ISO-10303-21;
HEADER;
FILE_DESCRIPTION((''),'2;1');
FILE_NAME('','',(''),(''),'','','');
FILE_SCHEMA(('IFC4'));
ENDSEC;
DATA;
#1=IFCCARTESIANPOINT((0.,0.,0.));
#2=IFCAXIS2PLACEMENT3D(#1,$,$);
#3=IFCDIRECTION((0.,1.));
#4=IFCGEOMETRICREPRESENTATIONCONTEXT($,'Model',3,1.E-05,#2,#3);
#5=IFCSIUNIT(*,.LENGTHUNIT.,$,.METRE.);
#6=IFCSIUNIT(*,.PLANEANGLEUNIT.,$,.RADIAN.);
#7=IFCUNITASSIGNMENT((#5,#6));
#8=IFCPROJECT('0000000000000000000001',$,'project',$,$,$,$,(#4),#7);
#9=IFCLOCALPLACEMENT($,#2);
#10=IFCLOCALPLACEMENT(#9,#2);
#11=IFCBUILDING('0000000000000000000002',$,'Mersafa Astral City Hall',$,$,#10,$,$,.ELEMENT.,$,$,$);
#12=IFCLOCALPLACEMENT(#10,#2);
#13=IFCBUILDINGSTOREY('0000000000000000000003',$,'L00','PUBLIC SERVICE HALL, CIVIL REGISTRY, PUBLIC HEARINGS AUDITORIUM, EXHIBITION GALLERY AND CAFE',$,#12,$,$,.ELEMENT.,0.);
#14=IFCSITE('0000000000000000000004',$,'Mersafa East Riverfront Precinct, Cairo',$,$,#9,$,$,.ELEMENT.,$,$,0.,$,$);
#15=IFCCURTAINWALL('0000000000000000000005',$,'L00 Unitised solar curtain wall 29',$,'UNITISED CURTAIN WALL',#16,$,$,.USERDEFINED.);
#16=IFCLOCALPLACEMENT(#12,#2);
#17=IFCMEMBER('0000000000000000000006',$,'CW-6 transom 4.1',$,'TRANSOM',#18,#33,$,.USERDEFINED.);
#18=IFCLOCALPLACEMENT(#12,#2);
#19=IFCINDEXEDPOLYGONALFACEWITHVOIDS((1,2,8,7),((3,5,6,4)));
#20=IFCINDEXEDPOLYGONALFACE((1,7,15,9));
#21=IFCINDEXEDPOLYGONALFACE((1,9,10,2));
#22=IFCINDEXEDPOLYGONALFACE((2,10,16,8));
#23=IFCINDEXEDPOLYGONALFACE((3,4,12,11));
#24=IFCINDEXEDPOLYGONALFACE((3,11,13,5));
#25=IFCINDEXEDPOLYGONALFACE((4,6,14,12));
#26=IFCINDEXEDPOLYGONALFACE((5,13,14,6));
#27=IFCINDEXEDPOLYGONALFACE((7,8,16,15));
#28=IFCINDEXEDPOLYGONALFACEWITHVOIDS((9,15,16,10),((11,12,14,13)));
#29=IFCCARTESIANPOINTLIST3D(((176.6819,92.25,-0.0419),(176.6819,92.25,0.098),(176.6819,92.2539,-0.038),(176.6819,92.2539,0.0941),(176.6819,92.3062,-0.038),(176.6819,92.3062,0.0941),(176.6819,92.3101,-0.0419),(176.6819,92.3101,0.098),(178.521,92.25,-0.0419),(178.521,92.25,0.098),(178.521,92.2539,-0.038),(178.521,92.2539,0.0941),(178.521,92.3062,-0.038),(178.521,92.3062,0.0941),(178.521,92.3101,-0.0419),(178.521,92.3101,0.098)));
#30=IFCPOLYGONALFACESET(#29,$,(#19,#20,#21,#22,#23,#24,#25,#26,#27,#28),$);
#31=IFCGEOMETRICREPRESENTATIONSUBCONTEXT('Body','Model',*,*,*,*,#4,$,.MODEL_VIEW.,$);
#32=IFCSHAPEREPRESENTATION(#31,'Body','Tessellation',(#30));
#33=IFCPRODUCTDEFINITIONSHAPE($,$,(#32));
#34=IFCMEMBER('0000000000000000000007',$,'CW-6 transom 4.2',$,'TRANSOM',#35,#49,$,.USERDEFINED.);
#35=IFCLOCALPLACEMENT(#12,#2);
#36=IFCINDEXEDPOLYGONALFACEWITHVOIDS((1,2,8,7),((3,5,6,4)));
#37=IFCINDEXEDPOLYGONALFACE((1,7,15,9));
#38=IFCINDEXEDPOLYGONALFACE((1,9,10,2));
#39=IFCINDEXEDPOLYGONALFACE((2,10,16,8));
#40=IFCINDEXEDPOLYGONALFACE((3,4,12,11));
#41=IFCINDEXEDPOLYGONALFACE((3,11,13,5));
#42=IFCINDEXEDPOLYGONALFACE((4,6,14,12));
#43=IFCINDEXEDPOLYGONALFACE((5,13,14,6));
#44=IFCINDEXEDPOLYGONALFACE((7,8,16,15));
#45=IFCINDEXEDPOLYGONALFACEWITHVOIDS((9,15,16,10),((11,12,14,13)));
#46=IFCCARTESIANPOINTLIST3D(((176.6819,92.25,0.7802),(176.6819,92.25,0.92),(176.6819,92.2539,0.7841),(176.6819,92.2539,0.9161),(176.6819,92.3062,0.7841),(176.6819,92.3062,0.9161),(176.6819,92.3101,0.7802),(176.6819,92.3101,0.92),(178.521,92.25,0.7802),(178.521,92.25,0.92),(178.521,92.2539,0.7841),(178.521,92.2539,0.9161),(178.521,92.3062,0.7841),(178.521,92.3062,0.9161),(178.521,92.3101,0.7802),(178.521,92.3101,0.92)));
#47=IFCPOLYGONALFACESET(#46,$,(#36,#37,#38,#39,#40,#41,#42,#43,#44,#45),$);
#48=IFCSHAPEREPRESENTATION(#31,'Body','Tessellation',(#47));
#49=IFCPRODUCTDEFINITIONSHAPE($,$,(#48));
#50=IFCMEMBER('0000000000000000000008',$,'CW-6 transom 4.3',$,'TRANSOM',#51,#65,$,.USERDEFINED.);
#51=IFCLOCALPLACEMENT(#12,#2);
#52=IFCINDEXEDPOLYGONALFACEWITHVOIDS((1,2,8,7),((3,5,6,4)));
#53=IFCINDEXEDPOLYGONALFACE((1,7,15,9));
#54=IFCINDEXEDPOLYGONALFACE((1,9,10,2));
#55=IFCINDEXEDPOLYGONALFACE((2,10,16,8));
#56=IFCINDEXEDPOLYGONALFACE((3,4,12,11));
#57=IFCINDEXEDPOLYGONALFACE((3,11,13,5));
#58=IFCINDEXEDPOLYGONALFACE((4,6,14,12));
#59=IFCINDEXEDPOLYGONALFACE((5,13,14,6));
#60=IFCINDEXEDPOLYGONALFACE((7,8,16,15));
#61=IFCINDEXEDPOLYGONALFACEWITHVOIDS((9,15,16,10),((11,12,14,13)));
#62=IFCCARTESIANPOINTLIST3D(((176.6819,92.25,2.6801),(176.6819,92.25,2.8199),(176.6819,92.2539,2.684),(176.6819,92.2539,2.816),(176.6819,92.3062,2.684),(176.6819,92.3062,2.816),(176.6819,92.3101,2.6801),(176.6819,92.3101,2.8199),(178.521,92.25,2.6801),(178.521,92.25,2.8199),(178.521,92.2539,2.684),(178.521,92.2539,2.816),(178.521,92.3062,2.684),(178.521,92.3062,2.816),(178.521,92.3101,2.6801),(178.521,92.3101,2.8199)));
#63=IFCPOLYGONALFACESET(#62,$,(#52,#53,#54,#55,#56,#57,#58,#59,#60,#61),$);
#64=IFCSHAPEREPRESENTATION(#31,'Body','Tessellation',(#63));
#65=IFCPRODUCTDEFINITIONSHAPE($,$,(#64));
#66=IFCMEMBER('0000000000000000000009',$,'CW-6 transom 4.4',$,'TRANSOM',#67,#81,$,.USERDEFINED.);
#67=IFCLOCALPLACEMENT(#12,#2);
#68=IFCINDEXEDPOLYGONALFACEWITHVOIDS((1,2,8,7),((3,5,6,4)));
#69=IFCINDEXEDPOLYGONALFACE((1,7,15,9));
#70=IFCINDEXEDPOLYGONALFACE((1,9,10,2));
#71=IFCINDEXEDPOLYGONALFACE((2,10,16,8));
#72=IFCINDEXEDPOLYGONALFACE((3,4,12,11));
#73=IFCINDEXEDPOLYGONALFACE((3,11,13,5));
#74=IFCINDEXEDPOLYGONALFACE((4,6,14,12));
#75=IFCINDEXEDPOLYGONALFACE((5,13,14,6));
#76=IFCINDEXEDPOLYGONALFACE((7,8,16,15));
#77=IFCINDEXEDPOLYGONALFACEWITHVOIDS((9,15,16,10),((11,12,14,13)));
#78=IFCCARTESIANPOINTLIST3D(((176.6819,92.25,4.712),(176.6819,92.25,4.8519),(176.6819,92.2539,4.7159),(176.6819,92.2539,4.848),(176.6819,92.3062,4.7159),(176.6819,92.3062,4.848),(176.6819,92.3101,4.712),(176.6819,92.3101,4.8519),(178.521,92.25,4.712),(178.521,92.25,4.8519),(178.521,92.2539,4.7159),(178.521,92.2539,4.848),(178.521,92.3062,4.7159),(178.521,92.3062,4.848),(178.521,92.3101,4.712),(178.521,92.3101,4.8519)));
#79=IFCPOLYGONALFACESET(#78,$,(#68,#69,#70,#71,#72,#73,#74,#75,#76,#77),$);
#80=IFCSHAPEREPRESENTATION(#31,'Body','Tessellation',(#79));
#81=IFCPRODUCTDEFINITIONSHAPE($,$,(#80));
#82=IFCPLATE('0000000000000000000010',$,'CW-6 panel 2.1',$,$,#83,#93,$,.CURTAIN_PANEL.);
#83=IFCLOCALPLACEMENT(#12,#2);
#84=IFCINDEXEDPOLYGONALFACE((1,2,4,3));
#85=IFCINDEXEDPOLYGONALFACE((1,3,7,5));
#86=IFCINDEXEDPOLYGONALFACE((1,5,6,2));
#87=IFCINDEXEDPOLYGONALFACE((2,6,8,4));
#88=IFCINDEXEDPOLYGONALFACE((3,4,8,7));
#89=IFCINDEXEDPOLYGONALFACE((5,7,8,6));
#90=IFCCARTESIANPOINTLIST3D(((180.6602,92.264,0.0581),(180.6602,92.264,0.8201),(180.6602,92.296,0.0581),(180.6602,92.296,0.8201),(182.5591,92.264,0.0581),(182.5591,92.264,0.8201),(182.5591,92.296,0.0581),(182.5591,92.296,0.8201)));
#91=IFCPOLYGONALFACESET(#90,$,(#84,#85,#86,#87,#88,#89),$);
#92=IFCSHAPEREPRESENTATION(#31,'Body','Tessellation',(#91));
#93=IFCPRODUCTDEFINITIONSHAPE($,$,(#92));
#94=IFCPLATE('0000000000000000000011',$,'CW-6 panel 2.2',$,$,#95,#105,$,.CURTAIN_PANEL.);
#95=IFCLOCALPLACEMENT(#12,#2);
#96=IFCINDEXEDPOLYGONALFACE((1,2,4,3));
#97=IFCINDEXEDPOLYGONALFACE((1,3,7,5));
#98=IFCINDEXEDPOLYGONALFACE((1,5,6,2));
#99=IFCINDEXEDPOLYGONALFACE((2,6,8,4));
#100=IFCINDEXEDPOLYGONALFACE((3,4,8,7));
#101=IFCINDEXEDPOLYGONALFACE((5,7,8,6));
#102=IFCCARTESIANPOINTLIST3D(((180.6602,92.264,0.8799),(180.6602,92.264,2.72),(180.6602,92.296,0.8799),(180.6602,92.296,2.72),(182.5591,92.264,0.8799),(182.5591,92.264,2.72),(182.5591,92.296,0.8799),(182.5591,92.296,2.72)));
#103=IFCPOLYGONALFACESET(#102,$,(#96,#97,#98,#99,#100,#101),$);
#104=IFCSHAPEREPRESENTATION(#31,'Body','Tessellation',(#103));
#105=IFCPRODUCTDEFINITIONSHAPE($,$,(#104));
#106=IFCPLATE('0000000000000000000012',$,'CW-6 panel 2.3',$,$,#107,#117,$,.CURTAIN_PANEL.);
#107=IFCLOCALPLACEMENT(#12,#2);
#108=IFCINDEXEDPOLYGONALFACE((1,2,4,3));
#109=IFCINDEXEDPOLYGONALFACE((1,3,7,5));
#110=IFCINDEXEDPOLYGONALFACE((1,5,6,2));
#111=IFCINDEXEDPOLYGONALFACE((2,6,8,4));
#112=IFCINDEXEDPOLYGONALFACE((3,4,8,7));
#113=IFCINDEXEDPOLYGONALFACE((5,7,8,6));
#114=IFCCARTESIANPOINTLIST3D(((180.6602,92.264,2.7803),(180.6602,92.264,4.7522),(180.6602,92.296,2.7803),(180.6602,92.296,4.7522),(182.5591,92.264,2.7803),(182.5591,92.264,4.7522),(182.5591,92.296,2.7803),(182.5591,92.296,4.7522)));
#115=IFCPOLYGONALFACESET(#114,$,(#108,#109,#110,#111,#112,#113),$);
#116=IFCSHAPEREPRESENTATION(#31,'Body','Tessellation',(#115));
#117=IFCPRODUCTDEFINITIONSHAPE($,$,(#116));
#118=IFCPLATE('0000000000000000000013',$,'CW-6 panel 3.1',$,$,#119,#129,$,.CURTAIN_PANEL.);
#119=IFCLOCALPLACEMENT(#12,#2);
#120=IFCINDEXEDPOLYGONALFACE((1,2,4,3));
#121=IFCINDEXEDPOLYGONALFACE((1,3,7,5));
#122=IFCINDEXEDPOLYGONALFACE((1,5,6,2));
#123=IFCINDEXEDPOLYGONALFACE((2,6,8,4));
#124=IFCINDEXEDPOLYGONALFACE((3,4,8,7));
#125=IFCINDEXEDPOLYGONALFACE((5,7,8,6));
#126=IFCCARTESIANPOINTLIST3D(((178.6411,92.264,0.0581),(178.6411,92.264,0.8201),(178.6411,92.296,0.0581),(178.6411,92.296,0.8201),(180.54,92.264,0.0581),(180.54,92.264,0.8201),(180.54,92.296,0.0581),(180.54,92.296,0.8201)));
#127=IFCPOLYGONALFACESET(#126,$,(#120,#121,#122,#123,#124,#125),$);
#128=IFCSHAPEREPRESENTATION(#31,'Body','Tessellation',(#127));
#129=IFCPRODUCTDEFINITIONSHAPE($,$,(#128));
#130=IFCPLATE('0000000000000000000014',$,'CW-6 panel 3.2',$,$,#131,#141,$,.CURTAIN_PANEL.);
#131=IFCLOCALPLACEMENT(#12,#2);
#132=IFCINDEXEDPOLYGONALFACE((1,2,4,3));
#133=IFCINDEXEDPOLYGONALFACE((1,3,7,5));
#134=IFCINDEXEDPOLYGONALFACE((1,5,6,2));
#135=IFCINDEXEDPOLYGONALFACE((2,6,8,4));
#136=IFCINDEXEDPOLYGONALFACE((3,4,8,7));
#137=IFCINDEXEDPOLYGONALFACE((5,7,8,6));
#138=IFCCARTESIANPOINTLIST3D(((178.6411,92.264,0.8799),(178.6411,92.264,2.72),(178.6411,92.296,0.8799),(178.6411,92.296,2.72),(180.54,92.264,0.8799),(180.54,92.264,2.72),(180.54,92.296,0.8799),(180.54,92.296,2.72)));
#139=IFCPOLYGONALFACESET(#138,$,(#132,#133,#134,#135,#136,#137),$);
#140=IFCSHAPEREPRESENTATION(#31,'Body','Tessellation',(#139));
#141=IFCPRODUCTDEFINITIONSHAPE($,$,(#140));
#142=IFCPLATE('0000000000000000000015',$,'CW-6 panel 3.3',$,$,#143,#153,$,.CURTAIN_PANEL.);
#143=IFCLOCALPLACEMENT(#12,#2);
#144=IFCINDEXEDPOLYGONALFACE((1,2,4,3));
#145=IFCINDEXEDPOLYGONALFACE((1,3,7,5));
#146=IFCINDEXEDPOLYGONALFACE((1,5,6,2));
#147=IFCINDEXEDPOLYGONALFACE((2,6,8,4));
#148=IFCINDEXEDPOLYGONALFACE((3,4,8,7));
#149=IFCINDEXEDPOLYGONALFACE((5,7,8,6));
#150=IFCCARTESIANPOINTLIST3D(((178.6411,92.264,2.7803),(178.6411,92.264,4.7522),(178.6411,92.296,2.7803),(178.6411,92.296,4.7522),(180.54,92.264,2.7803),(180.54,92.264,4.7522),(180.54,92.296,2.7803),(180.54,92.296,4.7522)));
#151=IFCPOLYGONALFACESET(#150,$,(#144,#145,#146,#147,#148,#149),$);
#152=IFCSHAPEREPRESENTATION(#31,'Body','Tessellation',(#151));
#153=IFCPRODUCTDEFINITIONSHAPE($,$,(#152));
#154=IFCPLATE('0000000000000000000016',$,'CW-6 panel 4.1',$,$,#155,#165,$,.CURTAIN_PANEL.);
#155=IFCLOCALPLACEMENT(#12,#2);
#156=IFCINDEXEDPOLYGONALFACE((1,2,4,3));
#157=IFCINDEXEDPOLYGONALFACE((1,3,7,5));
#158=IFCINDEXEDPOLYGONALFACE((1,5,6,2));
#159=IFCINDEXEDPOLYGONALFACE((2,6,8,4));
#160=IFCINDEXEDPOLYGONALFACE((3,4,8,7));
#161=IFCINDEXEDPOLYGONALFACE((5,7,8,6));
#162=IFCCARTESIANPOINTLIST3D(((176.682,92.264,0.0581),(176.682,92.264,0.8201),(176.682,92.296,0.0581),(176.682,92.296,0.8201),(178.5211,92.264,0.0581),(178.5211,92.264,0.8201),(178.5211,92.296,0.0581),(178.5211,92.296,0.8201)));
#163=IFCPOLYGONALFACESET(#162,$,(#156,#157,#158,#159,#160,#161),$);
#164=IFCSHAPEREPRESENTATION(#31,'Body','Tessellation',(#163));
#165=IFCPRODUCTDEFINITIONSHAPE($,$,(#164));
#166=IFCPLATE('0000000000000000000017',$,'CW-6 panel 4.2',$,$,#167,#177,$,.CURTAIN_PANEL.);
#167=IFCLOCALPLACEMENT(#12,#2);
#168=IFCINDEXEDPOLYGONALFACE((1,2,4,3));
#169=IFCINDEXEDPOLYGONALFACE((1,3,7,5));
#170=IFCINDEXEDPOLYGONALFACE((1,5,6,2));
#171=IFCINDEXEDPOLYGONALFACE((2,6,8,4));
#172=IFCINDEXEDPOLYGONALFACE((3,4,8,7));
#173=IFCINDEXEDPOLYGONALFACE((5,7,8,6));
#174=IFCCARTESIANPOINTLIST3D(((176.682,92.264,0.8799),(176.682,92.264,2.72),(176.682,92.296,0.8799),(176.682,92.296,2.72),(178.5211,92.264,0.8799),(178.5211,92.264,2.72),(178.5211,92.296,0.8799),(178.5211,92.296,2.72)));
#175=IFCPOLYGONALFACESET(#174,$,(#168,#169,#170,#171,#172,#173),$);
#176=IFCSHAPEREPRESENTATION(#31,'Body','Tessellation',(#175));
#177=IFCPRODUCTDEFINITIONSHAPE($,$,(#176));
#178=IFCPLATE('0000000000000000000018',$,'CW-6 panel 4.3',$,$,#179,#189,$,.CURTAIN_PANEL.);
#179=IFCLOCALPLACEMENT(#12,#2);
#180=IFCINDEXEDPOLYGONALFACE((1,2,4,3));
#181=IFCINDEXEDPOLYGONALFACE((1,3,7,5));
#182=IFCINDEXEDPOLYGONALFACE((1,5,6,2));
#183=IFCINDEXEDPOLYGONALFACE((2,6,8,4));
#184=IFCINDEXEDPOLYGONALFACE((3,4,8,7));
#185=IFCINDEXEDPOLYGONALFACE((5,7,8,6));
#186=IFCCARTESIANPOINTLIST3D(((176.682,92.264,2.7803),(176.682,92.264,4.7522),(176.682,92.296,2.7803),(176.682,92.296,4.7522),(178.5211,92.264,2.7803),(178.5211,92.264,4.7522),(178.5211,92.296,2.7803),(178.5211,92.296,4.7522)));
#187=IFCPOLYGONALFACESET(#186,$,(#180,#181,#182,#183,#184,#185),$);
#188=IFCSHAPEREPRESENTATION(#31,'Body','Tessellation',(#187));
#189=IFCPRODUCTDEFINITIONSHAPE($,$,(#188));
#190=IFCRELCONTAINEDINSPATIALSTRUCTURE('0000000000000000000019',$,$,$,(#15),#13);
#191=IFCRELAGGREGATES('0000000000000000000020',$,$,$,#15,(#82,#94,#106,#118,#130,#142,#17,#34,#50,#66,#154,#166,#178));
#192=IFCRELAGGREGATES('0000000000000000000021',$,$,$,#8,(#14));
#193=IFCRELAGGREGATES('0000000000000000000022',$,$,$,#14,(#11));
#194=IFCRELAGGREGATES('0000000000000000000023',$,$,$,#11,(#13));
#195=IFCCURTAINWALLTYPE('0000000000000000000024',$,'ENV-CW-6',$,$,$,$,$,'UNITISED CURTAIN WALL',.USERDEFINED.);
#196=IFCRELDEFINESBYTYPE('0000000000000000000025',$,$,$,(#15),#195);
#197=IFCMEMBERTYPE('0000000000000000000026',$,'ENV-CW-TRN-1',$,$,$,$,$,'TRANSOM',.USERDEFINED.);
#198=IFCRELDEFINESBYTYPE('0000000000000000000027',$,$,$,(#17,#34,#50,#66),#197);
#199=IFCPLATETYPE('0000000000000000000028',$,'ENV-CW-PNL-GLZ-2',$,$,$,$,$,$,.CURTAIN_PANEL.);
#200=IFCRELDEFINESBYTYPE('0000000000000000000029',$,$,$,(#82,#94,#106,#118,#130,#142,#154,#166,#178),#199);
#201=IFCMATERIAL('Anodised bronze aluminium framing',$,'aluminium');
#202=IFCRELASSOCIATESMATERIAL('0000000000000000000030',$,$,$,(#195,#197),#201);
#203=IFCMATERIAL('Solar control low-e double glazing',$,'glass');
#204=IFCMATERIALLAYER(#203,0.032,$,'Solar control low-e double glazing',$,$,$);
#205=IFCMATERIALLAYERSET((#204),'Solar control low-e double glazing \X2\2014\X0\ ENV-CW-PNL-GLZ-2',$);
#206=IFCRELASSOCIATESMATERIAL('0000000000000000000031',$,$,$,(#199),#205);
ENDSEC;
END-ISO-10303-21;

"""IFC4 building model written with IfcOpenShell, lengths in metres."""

from ifc_helpers import new_model, si_unit, direction, frame, origin, origin_2d, place, context, subcontext, project, spatial, rectangle, hollow_rectangle, extrude, material, layer, layer_set, material_profile, profile_set, type_object, element, aggregate, save


model = new_model("IFC4")

# Units and contexts
model_context = context("Model", 3, precision=1e-05, world=origin(), true_north=direction((0.0, 1.0)))
body_context = subcontext(model_context, "Body", "Model", "MODEL_VIEW")
ifc_project = project(units=[si_unit("LENGTHUNIT", "METRE"), si_unit("PLANEANGLEUNIT", "RADIAN")], contexts=[model_context])

# Site, building, storey
site_placement = place(None, origin())
site = spatial("IfcSite", under=ifc_project, at=site_placement, Name="Mersafa East Riverfront Precinct, Cairo", CompositionType="ELEMENT", RefElevation=0.0)
building_placement = place(site_placement, origin())
building = spatial("IfcBuilding", under=site, at=building_placement, Name="Mersafa Astral City Hall", CompositionType="ELEMENT")
storey_placement = place(building_placement, origin())
storey = spatial("IfcBuildingStorey", under=building, at=storey_placement, Name="L00", Description="PUBLIC SERVICE HALL, CIVIL REGISTRY, PUBLIC HEARINGS AUDITORIUM, EXHIBITION GALLERY AND CAFE", CompositionType="ELEMENT", Elevation=0.0)

# Curtain wall, members, plates
ifc_material_1 = material(Name="Anodised bronze aluminium framing", Category="aluminium")
curtain_wall_type = type_object("IfcCurtainWallType", Name="ENV-CW-6", ElementType="UNITISED CURTAIN WALL", PredefinedType="USERDEFINED", material=ifc_material_1)
curtain_wall_placement = place(storey_placement, origin())
curtain_wall = element("IfcCurtainWall", 1, at=curtain_wall_placement, inside=storey, type_object=curtain_wall_type, Name="L00 Unitised solar curtain wall 29", ObjectType="UNITISED CURTAIN WALL", PredefinedType="USERDEFINED")
ifc_material_profile_1 = material_profile(ifc_material_1, hollow_rectangle(XDim=0.0601, YDim=0.1399, WallThickness=0.0039, at=origin_2d()), Name="RHS 60x140x4")
ifc_profile_set_1 = profile_set([ifc_material_profile_1], Name="Anodised bronze aluminium framing")
member_type_1 = type_object("IfcMemberType", Name="ENV-CW-TRN-1", ElementType="TRANSOM", PredefinedType="USERDEFINED", material=ifc_profile_set_1)
member_1_placement = place(storey_placement, frame((178.521, 92.28, 0.0281), z_axis=(-1.0, 0.0, 0.0), x_axis=(0.0, -1.0, 0.0)))
member_1 = element("IfcMember", 2, at=member_1_placement, type_object=member_type_1, Name="CW-6 transom 4.1", ObjectType="TRANSOM", PredefinedType="USERDEFINED", context=body_context, shape_type="SweptSolid", body=[
    extrude(hollow_rectangle(XDim=0.0601, YDim=0.1399, WallThickness=0.0039, at=origin_2d()), origin(), (0.0, 0.0, 1.0), 1.8391),
])
member_2_placement = place(storey_placement, frame((178.521, 92.28, 0.8501), z_axis=(-1.0, 0.0, 0.0), x_axis=(0.0, -1.0, 0.0)))
member_2 = element("IfcMember", 3, at=member_2_placement, type_object=member_type_1, Name="CW-6 transom 4.2", ObjectType="TRANSOM", PredefinedType="USERDEFINED", context=body_context, shape_type="SweptSolid", body=[
    extrude(hollow_rectangle(XDim=0.0601, YDim=0.1399, WallThickness=0.0039, at=origin_2d()), origin(), (0.0, 0.0, 1.0), 1.8391),
])
member_3_placement = place(storey_placement, frame((178.521, 92.28, 2.75), z_axis=(-1.0, 0.0, 0.0), x_axis=(0.0, -1.0, 0.0)))
member_3 = element("IfcMember", 4, at=member_3_placement, type_object=member_type_1, Name="CW-6 transom 4.3", ObjectType="TRANSOM", PredefinedType="USERDEFINED", context=body_context, shape_type="SweptSolid", body=[
    extrude(hollow_rectangle(XDim=0.0601, YDim=0.1399, WallThickness=0.0039, at=origin_2d()), origin(), (0.0, 0.0, 1.0), 1.8391),
])
member_4_placement = place(storey_placement, frame((178.521, 92.28, 4.782), z_axis=(-1.0, 0.0, 0.0), x_axis=(0.0, -1.0, 0.0)))
member_4 = element("IfcMember", 5, at=member_4_placement, type_object=member_type_1, Name="CW-6 transom 4.4", ObjectType="TRANSOM", PredefinedType="USERDEFINED", context=body_context, shape_type="SweptSolid", body=[
    extrude(hollow_rectangle(XDim=0.0601, YDim=0.1399, WallThickness=0.0039, at=origin_2d()), origin(), (0.0, 0.0, 1.0), 1.8391),
])
ifc_material_2 = material(Name="Solar control low-e double glazing", Category="glass")
ifc_layer = layer(ifc_material_2, 0.032, Name="Solar control low-e double glazing")
ifc_layer_set = layer_set([ifc_layer], Name="Solar control low-e double glazing — ENV-CW-PNL-GLZ-2")
plate_type = type_object("IfcPlateType", Name="ENV-CW-PNL-GLZ-2", PredefinedType="CURTAIN_PANEL", material=ifc_layer_set)
plate_1_placement = place(storey_placement, frame((181.6096, 92.28, 0.0581), z_axis=(0.0, 0.0, 1.0), x_axis=(-1.0, 0.0, 0.0)))
plate_1 = element("IfcPlate", 6, at=plate_1_placement, type_object=plate_type, Name="CW-6 panel 2.1", PredefinedType="CURTAIN_PANEL", context=body_context, shape_type="SweptSolid", body=[
    extrude(rectangle(XDim=1.8989, YDim=0.032, at=origin_2d()), origin(), (0.0, 0.0, 1.0), 0.762),
])
plate_2_placement = place(storey_placement, frame((181.6096, 92.28, 0.8799), z_axis=(0.0, 0.0, 1.0), x_axis=(-1.0, 0.0, 0.0)))
plate_2 = element("IfcPlate", 7, at=plate_2_placement, type_object=plate_type, Name="CW-6 panel 2.2", PredefinedType="CURTAIN_PANEL", context=body_context, shape_type="SweptSolid", body=[
    extrude(rectangle(XDim=1.8989, YDim=0.032, at=origin_2d()), origin(), (0.0, 0.0, 1.0), 1.8401),
])
plate_3_placement = place(storey_placement, frame((181.6096, 92.28, 2.7803), z_axis=(0.0, 0.0, 1.0), x_axis=(-1.0, 0.0, 0.0)))
plate_3 = element("IfcPlate", 8, at=plate_3_placement, type_object=plate_type, Name="CW-6 panel 2.3", PredefinedType="CURTAIN_PANEL", context=body_context, shape_type="SweptSolid", body=[
    extrude(rectangle(XDim=1.8989, YDim=0.032, at=origin_2d()), origin(), (0.0, 0.0, 1.0), 1.9719),
])
plate_4_placement = place(storey_placement, frame((179.5906, 92.28, 0.0581), z_axis=(0.0, 0.0, 1.0), x_axis=(-1.0, 0.0, 0.0)))
plate_4 = element("IfcPlate", 9, at=plate_4_placement, type_object=plate_type, Name="CW-6 panel 3.1", PredefinedType="CURTAIN_PANEL", context=body_context, shape_type="SweptSolid", body=[
    extrude(rectangle(XDim=1.8989, YDim=0.032, at=origin_2d()), origin(), (0.0, 0.0, 1.0), 0.762),
])
plate_5_placement = place(storey_placement, frame((179.5906, 92.28, 0.8799), z_axis=(0.0, 0.0, 1.0), x_axis=(-1.0, 0.0, 0.0)))
plate_5 = element("IfcPlate", 10, at=plate_5_placement, type_object=plate_type, Name="CW-6 panel 3.2", PredefinedType="CURTAIN_PANEL", context=body_context, shape_type="SweptSolid", body=[
    extrude(rectangle(XDim=1.8989, YDim=0.032, at=origin_2d()), origin(), (0.0, 0.0, 1.0), 1.8401),
])
plate_6_placement = place(storey_placement, frame((179.5906, 92.28, 2.7803), z_axis=(0.0, 0.0, 1.0), x_axis=(-1.0, 0.0, 0.0)))
plate_6 = element("IfcPlate", 11, at=plate_6_placement, type_object=plate_type, Name="CW-6 panel 3.3", PredefinedType="CURTAIN_PANEL", context=body_context, shape_type="SweptSolid", body=[
    extrude(rectangle(XDim=1.8989, YDim=0.032, at=origin_2d()), origin(), (0.0, 0.0, 1.0), 1.9719),
])
plate_7_placement = place(storey_placement, frame((177.6016, 92.28, 0.0581), z_axis=(0.0, 0.0, 1.0), x_axis=(-1.0, 0.0, 0.0)))
plate_7 = element("IfcPlate", 12, at=plate_7_placement, type_object=plate_type, Name="CW-6 panel 4.1", PredefinedType="CURTAIN_PANEL", context=body_context, shape_type="SweptSolid", body=[
    extrude(rectangle(XDim=1.8391, YDim=0.032, at=origin_2d()), origin(), (0.0, 0.0, 1.0), 0.762),
])
plate_8_placement = place(storey_placement, frame((177.6016, 92.28, 0.8799), z_axis=(0.0, 0.0, 1.0), x_axis=(-1.0, 0.0, 0.0)))
plate_8 = element("IfcPlate", 13, at=plate_8_placement, type_object=plate_type, Name="CW-6 panel 4.2", PredefinedType="CURTAIN_PANEL", context=body_context, shape_type="SweptSolid", body=[
    extrude(rectangle(XDim=1.8391, YDim=0.032, at=origin_2d()), origin(), (0.0, 0.0, 1.0), 1.8401),
])
plate_9_placement = place(storey_placement, frame((177.6016, 92.28, 2.7803), z_axis=(0.0, 0.0, 1.0), x_axis=(-1.0, 0.0, 0.0)))
plate_9 = element("IfcPlate", 14, at=plate_9_placement, type_object=plate_type, Name="CW-6 panel 4.3", PredefinedType="CURTAIN_PANEL", context=body_context, shape_type="SweptSolid", body=[
    extrude(rectangle(XDim=1.8391, YDim=0.032, at=origin_2d()), origin(), (0.0, 0.0, 1.0), 1.9719),
])
aggregate(curtain_wall, [plate_1, plate_2, plate_3, plate_4, plate_5, plate_6, member_1, member_2, member_3, member_4, plate_7, plate_8, plate_9])

save(model, "model.ifc")
